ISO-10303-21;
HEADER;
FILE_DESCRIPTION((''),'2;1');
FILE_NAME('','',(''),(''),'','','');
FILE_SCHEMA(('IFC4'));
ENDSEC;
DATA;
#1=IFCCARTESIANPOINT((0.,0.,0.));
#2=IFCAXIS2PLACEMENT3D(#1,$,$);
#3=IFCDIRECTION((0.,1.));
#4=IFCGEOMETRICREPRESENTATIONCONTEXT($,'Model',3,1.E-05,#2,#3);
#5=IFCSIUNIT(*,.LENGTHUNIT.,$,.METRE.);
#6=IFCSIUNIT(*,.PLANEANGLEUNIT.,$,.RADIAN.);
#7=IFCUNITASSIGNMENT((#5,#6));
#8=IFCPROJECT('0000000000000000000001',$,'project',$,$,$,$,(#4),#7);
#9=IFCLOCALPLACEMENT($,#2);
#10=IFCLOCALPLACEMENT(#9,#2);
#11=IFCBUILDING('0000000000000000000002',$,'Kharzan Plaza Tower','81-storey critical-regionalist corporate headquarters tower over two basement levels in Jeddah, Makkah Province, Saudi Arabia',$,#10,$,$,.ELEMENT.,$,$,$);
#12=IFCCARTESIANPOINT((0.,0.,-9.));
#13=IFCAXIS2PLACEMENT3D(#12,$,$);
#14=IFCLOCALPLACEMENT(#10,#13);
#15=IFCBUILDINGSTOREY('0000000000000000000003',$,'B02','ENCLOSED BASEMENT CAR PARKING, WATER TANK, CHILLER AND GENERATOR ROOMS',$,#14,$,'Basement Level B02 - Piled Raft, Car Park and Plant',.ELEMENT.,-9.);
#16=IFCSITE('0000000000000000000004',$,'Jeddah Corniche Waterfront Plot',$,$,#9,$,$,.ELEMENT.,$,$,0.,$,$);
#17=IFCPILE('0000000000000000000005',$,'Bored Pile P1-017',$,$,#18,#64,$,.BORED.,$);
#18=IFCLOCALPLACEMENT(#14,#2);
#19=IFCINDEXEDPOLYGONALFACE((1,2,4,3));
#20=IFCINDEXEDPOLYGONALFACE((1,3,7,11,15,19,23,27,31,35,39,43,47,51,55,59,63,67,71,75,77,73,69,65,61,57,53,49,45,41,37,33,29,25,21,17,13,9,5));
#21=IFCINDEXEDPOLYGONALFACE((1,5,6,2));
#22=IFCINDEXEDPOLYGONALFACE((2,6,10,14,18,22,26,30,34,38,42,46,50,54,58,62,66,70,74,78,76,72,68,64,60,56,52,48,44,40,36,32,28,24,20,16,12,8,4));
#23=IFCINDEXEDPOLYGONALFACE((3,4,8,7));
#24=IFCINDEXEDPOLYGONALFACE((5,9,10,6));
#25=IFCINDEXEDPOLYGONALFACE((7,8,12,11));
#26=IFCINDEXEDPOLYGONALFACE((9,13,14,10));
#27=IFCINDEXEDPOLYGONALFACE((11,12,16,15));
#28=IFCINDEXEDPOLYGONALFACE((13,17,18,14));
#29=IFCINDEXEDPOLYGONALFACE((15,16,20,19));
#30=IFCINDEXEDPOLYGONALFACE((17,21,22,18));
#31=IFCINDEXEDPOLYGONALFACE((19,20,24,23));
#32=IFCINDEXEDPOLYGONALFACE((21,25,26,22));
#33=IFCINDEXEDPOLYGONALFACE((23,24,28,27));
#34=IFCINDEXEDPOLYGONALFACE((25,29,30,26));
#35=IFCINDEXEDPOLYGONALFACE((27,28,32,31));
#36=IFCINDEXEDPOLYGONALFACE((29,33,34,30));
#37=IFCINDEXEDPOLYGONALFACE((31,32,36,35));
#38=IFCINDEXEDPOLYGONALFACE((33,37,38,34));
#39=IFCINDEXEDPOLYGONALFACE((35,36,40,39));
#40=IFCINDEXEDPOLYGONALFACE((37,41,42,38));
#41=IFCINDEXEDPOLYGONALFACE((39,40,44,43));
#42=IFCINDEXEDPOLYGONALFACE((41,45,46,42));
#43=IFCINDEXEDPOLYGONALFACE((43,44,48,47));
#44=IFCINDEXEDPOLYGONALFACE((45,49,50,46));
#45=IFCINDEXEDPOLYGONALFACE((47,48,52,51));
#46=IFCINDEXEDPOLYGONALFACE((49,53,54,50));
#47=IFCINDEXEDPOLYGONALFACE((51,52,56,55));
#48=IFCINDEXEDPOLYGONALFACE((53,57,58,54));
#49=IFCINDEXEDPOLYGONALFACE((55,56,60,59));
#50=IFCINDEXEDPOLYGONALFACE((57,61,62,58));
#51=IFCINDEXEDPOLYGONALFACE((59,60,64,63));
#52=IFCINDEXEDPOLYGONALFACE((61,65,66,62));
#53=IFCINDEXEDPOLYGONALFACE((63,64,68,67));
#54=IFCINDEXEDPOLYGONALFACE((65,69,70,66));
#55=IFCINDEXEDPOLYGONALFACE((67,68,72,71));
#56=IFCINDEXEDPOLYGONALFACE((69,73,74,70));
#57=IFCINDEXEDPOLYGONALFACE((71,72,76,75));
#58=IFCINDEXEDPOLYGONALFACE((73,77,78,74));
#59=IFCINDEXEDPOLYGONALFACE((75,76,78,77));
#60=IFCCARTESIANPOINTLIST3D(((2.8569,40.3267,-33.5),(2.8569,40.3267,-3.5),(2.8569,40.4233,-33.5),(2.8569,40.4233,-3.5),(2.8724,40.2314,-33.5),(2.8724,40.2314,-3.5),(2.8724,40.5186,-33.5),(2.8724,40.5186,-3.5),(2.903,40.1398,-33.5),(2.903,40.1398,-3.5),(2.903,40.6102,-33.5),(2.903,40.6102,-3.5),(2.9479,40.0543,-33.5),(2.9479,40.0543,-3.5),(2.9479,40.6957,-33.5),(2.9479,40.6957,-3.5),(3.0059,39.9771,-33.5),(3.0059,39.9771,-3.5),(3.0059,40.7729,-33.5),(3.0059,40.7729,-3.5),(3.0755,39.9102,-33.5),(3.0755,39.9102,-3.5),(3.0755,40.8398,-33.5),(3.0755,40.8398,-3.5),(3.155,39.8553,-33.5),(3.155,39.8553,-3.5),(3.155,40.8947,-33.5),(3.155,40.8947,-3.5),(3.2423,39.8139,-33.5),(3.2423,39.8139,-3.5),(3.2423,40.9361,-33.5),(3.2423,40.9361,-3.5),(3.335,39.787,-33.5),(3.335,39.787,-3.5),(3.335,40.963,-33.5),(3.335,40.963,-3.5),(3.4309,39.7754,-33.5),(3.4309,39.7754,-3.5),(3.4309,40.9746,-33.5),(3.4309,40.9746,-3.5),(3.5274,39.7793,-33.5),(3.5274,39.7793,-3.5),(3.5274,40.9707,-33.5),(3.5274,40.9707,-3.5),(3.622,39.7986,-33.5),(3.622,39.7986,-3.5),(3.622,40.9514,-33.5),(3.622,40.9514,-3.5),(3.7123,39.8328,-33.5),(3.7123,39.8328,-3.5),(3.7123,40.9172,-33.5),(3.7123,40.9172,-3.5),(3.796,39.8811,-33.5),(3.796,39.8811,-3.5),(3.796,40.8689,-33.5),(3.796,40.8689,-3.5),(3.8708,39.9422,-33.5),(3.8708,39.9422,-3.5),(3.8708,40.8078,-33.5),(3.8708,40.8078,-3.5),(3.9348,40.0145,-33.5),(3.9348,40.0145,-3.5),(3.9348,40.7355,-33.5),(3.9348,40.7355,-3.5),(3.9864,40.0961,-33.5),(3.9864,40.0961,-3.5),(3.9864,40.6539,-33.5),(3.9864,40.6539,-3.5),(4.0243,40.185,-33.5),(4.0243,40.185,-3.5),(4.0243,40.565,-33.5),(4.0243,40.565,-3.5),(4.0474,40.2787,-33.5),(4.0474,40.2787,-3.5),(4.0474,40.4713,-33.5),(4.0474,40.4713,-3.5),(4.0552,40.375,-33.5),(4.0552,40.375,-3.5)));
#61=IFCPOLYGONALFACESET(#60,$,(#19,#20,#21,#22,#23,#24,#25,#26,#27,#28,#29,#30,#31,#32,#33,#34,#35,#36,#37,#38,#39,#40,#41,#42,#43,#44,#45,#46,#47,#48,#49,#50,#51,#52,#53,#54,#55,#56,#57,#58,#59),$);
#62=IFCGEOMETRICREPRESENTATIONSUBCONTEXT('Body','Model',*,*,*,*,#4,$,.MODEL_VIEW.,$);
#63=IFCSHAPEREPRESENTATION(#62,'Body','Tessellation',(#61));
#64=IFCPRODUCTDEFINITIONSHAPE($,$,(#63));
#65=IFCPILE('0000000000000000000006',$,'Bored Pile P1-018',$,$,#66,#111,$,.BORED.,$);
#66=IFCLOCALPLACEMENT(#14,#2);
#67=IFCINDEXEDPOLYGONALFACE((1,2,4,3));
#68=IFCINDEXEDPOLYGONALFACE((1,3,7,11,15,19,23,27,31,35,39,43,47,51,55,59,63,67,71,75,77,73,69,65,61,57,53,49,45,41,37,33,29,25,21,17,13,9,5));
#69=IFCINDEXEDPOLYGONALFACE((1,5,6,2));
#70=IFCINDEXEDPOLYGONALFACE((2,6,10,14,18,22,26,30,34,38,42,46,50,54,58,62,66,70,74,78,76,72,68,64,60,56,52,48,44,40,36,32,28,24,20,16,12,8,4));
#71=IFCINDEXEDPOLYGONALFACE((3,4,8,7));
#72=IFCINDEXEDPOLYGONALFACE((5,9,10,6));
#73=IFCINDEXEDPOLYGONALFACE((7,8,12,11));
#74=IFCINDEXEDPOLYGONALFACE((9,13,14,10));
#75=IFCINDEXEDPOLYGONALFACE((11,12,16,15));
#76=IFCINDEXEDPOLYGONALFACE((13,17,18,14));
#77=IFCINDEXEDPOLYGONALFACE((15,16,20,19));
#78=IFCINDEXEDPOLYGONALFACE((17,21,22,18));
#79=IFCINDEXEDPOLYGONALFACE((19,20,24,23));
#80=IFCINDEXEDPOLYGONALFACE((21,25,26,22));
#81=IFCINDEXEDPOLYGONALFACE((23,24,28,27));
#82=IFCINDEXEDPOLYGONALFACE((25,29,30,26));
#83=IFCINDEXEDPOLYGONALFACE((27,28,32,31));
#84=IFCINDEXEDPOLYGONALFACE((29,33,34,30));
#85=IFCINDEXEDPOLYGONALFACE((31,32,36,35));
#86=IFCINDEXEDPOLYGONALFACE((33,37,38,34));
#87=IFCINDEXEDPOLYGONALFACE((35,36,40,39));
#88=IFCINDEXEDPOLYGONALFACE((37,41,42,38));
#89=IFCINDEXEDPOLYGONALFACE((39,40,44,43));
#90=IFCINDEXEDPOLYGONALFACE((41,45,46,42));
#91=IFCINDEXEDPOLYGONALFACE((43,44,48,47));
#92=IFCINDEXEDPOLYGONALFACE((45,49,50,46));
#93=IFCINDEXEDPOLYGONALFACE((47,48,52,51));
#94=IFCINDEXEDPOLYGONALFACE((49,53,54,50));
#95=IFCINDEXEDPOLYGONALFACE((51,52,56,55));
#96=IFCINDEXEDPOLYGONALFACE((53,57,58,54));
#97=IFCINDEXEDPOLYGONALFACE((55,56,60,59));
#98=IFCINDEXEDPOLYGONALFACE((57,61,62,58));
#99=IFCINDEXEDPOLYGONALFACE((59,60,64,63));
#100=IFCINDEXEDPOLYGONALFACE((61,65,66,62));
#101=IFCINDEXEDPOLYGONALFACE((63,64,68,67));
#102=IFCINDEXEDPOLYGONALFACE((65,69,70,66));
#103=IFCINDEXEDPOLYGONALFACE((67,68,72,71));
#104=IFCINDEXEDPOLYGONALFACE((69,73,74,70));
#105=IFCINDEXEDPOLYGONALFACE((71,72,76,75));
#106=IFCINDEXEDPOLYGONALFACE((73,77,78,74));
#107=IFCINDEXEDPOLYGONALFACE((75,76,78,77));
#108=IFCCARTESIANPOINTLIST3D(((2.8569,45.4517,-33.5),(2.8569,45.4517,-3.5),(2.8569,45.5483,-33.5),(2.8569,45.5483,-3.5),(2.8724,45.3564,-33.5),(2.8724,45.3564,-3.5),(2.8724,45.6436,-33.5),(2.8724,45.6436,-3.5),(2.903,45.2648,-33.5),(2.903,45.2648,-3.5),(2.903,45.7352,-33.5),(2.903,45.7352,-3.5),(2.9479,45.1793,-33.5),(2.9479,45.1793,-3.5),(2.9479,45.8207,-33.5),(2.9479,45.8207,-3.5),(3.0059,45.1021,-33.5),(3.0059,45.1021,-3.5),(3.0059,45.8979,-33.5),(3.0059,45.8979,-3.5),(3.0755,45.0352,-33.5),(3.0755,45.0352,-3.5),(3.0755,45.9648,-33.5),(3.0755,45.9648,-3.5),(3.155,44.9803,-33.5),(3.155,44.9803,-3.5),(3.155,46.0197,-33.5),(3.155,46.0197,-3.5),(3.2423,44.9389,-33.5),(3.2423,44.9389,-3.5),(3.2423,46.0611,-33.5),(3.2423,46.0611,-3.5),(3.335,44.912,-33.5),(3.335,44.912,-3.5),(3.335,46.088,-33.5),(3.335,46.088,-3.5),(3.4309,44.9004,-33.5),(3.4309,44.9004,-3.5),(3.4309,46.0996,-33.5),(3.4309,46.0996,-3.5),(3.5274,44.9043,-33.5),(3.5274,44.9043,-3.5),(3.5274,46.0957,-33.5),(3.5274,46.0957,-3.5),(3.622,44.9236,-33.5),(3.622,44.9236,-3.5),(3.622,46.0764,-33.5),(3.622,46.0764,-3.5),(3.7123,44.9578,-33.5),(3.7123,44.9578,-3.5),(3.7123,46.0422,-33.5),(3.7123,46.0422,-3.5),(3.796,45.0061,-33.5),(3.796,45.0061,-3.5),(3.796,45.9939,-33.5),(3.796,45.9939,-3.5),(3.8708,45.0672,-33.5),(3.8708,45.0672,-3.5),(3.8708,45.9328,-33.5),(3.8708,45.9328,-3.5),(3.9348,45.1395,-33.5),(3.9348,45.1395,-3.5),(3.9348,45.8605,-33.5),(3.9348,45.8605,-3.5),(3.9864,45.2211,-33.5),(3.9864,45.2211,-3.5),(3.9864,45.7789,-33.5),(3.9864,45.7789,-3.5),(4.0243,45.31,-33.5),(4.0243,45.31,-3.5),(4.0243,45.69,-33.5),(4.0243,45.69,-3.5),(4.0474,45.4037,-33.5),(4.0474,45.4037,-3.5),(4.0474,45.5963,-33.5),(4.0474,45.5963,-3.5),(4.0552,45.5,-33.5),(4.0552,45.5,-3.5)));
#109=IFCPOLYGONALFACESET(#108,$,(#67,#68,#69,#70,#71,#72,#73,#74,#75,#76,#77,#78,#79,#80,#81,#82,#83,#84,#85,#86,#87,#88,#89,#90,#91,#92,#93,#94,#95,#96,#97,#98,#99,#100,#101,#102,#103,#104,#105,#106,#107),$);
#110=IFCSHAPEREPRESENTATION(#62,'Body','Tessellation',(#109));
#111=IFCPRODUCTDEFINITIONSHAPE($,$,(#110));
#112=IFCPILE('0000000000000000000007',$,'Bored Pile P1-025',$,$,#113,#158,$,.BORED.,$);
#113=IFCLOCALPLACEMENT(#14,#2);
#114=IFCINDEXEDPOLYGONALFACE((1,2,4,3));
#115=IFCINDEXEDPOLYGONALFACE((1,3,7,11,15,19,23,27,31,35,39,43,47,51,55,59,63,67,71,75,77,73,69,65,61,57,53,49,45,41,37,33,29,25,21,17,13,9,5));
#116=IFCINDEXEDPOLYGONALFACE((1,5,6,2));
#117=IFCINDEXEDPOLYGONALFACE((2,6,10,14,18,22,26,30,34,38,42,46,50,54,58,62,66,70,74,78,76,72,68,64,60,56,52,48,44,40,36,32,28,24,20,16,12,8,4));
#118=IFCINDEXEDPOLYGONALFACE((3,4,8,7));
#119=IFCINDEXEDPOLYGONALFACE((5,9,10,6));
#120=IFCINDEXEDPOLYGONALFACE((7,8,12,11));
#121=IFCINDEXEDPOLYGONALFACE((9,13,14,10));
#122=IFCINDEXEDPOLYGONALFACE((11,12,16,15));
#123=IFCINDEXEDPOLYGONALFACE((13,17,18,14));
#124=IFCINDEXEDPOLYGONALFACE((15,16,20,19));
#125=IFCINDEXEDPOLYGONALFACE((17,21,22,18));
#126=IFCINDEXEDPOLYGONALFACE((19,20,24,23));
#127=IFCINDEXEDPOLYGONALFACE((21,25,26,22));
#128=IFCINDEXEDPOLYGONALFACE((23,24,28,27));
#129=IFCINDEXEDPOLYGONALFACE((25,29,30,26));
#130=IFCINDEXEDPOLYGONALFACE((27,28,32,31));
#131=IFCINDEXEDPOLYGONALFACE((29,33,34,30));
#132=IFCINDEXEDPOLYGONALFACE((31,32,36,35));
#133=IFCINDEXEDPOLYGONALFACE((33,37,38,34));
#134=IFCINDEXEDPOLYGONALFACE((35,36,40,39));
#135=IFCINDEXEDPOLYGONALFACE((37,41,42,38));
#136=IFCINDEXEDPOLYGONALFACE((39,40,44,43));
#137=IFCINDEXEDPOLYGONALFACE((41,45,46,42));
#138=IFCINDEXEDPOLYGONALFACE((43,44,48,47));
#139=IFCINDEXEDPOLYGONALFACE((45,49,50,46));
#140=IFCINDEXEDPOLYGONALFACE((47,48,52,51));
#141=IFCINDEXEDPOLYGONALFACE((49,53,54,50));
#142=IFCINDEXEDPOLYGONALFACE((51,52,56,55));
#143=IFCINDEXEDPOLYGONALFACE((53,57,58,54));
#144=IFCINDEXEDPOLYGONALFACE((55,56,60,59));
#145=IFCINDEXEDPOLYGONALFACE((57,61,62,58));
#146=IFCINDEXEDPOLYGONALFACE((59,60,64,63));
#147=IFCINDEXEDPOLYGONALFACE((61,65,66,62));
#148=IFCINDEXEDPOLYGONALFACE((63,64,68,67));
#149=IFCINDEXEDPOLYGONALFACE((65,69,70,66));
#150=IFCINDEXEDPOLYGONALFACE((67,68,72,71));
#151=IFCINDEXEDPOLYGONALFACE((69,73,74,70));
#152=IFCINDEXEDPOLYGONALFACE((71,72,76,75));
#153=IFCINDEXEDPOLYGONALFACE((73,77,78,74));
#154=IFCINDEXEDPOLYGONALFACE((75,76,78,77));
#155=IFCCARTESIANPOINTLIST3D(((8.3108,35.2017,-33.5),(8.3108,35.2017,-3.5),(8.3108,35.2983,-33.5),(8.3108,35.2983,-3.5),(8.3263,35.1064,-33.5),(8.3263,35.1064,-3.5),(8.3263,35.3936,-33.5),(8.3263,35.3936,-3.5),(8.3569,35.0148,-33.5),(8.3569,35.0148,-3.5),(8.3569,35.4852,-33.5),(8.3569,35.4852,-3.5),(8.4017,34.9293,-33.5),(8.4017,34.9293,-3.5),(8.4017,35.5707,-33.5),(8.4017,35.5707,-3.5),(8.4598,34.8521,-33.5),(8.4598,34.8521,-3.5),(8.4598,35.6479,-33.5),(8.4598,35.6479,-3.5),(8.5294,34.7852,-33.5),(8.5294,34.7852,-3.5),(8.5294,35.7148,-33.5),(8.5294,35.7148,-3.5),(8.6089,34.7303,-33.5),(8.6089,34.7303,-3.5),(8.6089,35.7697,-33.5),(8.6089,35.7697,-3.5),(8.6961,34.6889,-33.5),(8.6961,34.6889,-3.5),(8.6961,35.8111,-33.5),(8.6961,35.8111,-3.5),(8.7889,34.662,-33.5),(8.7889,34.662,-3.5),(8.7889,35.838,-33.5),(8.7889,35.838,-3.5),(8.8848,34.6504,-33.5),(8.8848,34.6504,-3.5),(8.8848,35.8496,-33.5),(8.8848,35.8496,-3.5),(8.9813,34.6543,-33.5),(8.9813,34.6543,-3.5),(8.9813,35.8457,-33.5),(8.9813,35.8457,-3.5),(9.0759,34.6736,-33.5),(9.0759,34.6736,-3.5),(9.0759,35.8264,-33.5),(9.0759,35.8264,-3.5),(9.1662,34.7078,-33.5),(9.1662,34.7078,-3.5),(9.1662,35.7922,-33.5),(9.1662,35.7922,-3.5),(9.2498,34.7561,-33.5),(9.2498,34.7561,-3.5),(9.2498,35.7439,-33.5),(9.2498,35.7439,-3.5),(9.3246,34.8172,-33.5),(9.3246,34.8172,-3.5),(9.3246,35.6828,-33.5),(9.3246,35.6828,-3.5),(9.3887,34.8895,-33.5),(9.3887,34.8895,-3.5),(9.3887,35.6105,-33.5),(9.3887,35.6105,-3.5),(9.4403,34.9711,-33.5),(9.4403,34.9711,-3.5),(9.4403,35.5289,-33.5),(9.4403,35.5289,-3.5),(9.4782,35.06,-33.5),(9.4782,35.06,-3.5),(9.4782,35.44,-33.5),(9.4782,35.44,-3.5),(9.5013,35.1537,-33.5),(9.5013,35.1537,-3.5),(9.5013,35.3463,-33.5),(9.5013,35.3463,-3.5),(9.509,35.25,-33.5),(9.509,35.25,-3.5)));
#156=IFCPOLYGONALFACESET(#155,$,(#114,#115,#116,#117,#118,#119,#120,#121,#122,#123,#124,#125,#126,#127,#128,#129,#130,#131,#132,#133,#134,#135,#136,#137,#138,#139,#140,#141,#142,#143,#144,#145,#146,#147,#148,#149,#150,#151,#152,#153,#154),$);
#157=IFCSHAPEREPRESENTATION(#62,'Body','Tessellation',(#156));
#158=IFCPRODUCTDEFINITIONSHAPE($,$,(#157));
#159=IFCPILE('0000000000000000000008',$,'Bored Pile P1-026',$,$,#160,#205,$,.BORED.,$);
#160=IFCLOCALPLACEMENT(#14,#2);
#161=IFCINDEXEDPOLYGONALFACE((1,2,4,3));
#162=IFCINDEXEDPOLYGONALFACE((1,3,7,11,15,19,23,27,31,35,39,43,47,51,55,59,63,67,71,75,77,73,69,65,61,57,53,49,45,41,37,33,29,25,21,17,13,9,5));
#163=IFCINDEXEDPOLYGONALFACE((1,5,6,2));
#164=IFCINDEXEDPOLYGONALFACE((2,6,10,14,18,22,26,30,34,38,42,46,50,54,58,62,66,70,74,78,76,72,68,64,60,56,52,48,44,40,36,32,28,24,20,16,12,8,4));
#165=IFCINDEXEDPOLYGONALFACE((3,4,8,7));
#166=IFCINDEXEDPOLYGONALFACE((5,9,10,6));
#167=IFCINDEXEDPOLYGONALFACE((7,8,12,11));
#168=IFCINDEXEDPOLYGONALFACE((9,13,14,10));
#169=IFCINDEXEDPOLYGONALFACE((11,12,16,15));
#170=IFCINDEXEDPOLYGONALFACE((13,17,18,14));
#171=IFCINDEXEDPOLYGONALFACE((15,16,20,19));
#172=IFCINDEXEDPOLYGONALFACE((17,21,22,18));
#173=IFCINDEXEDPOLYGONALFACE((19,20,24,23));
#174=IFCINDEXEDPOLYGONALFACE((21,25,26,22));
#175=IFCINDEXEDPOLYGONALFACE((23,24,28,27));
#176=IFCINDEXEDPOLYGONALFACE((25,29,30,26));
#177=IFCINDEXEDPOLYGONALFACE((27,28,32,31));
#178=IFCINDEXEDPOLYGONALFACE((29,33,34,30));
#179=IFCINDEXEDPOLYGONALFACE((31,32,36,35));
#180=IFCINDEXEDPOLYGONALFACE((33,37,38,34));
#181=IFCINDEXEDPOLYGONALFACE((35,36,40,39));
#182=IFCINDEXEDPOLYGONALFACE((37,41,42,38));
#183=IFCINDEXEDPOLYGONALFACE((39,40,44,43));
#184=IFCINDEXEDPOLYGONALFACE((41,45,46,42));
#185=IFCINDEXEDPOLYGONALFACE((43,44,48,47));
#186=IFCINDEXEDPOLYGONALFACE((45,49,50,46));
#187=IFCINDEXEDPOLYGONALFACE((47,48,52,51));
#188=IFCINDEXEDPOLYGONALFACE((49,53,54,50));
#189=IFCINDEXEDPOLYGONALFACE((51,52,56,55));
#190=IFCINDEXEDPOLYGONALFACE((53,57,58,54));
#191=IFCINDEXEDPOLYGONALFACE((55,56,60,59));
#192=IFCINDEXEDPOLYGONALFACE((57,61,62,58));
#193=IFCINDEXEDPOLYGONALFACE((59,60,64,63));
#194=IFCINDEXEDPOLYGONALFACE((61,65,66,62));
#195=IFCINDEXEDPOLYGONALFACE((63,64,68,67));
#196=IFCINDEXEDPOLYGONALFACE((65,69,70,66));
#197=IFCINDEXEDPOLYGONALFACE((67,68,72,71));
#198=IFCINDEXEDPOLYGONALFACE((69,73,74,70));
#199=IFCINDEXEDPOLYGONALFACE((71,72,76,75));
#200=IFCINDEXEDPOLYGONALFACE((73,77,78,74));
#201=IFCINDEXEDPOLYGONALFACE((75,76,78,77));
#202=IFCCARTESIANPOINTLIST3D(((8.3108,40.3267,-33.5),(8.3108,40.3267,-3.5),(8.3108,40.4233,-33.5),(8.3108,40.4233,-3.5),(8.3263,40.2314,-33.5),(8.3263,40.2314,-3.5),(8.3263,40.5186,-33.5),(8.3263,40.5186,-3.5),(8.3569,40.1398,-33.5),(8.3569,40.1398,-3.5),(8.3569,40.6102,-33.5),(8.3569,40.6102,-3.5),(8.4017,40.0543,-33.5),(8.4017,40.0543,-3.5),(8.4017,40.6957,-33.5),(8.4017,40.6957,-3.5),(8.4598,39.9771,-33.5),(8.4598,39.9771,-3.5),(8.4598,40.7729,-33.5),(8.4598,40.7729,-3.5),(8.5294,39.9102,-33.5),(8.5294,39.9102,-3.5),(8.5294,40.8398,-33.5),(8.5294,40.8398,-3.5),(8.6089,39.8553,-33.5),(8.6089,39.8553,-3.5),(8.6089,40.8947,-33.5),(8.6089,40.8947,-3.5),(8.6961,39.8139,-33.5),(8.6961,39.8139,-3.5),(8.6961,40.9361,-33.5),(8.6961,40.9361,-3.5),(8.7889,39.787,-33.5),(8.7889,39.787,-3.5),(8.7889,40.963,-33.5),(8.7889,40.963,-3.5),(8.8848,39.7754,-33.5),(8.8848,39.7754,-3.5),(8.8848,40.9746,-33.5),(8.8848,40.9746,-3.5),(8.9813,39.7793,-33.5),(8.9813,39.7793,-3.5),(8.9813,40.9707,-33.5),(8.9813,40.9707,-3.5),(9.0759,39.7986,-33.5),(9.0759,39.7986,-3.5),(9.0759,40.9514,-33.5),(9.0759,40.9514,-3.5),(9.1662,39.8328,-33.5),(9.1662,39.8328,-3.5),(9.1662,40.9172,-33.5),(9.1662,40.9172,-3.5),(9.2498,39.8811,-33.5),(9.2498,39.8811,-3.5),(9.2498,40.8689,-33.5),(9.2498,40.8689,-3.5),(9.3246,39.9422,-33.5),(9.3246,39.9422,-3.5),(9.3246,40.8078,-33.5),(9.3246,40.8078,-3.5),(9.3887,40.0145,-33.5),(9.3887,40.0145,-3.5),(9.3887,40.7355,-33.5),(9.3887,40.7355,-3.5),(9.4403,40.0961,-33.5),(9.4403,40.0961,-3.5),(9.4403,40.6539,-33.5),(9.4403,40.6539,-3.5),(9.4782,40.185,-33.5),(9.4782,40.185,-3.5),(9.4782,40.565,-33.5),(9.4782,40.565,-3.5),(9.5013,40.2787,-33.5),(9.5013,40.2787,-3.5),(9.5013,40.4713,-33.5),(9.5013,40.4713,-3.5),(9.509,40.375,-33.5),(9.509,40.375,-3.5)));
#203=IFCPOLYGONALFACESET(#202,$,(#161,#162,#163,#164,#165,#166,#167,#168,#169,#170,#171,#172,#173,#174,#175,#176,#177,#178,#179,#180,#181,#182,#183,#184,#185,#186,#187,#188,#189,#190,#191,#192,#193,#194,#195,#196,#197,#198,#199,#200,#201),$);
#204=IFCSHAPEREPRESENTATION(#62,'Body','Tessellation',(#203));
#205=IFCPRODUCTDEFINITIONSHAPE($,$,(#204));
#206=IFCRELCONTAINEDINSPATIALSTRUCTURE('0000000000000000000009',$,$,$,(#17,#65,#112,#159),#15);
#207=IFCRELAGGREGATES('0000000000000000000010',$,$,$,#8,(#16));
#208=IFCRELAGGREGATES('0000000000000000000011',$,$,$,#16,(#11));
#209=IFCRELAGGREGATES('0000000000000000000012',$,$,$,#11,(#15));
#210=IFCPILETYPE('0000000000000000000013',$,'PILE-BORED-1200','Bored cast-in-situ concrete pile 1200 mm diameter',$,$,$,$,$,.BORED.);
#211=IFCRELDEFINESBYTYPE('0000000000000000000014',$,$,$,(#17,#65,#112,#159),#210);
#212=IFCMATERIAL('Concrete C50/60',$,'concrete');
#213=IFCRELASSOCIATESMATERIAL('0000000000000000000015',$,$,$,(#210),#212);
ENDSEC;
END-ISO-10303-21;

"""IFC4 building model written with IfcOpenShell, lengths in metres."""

from ifc_helpers import new_model, si_unit, direction, frame, origin, origin_2d, place, context, subcontext, project, spatial, circle, extrude, source, transform, mapped, material, material_profile, profile_set, type_object, element, save


model = new_model("IFC4")

# Units and contexts
model_context = context("Model", 3, precision=1e-05, world=origin(), true_north=direction((0.0, 1.0)))
body_context = subcontext(model_context, "Body", "Model", "MODEL_VIEW")
ifc_project = project(units=[si_unit("LENGTHUNIT", "METRE"), si_unit("PLANEANGLEUNIT", "RADIAN")], contexts=[model_context])

# Site, building, storey
site_placement = place(None, origin())
site = spatial("IfcSite", under=ifc_project, at=site_placement, Name="Jeddah Corniche Waterfront Plot", CompositionType="ELEMENT", RefElevation=0.0)
building_placement = place(site_placement, origin())
building = spatial("IfcBuilding", under=site, at=building_placement, Name="Kharzan Plaza Tower", Description="81-storey critical-regionalist corporate headquarters tower over two basement levels in Jeddah, Makkah Province, Saudi Arabia", CompositionType="ELEMENT")
storey_placement = place(building_placement, frame((0.0, 0.0, -9.0)))
storey = spatial("IfcBuildingStorey", under=building, at=storey_placement, Name="B02", Description="ENCLOSED BASEMENT CAR PARKING, WATER TANK, CHILLER AND GENERATOR ROOMS", LongName="Basement Level B02 - Piled Raft, Car Park and Plant", CompositionType="ELEMENT", Elevation=-9.0)

# Piles
ifc_material_1 = material(Name="Concrete C50/60", Category="concrete")
ifc_material_profile_1 = material_profile(ifc_material_1, circle(Radius=0.6001, at=origin_2d()), Name="PILE-D1200")
ifc_profile_set_1 = profile_set([ifc_material_profile_1], Name="Concrete C50/60")
pile_type = type_object("IfcPileType", Name="PILE-BORED-1200", Description="Bored cast-in-situ concrete pile 1200 mm diameter", PredefinedType="BORED", material=ifc_profile_set_1)
shared_shape_1 = source(origin(), body_context, "Body", "SweptSolid", [
    extrude(circle(Radius=0.6001, at=origin_2d()), origin(), (0.0, 0.0, 1.0), 30.0),
])
for number, where, z_axis, x_axis, name in (
    (1, (3.4551, 40.375, -3.5), (0.0, 0.0, -1.0), (1.0, 0.0, 0.0), "Bored Pile P1-017"),
    (2, (3.4551, 45.5, -3.5), (0.0, 0.0, -1.0), (1.0, 0.0, 0.0), "Bored Pile P1-018"),
    (3, (8.9089, 35.25, -3.5), (0.0, 0.0, -1.0), (1.0, 0.0, 0.0), "Bored Pile P1-025"),
    (4, (8.9089, 40.375, -3.5), (0.0, 0.0, -1.0), (1.0, 0.0, 0.0), "Bored Pile P1-026"),
):
    element("IfcPile", number, at=place(storey_placement, frame(where, z_axis=z_axis, x_axis=x_axis)), inside=storey, type_object=pile_type, Name=name, PredefinedType="BORED", context=body_context, shape_type="MappedRepresentation", body=[
        mapped(shared_shape_1, transform((0.0, 0.0, 0.0), x_axis=(1.0, 0.0, 0.0), y_axis=(0.0, 1.0, 0.0), z_axis=(0.0, 0.0, 1.0))),
    ])

save(model, "model.ifc")
